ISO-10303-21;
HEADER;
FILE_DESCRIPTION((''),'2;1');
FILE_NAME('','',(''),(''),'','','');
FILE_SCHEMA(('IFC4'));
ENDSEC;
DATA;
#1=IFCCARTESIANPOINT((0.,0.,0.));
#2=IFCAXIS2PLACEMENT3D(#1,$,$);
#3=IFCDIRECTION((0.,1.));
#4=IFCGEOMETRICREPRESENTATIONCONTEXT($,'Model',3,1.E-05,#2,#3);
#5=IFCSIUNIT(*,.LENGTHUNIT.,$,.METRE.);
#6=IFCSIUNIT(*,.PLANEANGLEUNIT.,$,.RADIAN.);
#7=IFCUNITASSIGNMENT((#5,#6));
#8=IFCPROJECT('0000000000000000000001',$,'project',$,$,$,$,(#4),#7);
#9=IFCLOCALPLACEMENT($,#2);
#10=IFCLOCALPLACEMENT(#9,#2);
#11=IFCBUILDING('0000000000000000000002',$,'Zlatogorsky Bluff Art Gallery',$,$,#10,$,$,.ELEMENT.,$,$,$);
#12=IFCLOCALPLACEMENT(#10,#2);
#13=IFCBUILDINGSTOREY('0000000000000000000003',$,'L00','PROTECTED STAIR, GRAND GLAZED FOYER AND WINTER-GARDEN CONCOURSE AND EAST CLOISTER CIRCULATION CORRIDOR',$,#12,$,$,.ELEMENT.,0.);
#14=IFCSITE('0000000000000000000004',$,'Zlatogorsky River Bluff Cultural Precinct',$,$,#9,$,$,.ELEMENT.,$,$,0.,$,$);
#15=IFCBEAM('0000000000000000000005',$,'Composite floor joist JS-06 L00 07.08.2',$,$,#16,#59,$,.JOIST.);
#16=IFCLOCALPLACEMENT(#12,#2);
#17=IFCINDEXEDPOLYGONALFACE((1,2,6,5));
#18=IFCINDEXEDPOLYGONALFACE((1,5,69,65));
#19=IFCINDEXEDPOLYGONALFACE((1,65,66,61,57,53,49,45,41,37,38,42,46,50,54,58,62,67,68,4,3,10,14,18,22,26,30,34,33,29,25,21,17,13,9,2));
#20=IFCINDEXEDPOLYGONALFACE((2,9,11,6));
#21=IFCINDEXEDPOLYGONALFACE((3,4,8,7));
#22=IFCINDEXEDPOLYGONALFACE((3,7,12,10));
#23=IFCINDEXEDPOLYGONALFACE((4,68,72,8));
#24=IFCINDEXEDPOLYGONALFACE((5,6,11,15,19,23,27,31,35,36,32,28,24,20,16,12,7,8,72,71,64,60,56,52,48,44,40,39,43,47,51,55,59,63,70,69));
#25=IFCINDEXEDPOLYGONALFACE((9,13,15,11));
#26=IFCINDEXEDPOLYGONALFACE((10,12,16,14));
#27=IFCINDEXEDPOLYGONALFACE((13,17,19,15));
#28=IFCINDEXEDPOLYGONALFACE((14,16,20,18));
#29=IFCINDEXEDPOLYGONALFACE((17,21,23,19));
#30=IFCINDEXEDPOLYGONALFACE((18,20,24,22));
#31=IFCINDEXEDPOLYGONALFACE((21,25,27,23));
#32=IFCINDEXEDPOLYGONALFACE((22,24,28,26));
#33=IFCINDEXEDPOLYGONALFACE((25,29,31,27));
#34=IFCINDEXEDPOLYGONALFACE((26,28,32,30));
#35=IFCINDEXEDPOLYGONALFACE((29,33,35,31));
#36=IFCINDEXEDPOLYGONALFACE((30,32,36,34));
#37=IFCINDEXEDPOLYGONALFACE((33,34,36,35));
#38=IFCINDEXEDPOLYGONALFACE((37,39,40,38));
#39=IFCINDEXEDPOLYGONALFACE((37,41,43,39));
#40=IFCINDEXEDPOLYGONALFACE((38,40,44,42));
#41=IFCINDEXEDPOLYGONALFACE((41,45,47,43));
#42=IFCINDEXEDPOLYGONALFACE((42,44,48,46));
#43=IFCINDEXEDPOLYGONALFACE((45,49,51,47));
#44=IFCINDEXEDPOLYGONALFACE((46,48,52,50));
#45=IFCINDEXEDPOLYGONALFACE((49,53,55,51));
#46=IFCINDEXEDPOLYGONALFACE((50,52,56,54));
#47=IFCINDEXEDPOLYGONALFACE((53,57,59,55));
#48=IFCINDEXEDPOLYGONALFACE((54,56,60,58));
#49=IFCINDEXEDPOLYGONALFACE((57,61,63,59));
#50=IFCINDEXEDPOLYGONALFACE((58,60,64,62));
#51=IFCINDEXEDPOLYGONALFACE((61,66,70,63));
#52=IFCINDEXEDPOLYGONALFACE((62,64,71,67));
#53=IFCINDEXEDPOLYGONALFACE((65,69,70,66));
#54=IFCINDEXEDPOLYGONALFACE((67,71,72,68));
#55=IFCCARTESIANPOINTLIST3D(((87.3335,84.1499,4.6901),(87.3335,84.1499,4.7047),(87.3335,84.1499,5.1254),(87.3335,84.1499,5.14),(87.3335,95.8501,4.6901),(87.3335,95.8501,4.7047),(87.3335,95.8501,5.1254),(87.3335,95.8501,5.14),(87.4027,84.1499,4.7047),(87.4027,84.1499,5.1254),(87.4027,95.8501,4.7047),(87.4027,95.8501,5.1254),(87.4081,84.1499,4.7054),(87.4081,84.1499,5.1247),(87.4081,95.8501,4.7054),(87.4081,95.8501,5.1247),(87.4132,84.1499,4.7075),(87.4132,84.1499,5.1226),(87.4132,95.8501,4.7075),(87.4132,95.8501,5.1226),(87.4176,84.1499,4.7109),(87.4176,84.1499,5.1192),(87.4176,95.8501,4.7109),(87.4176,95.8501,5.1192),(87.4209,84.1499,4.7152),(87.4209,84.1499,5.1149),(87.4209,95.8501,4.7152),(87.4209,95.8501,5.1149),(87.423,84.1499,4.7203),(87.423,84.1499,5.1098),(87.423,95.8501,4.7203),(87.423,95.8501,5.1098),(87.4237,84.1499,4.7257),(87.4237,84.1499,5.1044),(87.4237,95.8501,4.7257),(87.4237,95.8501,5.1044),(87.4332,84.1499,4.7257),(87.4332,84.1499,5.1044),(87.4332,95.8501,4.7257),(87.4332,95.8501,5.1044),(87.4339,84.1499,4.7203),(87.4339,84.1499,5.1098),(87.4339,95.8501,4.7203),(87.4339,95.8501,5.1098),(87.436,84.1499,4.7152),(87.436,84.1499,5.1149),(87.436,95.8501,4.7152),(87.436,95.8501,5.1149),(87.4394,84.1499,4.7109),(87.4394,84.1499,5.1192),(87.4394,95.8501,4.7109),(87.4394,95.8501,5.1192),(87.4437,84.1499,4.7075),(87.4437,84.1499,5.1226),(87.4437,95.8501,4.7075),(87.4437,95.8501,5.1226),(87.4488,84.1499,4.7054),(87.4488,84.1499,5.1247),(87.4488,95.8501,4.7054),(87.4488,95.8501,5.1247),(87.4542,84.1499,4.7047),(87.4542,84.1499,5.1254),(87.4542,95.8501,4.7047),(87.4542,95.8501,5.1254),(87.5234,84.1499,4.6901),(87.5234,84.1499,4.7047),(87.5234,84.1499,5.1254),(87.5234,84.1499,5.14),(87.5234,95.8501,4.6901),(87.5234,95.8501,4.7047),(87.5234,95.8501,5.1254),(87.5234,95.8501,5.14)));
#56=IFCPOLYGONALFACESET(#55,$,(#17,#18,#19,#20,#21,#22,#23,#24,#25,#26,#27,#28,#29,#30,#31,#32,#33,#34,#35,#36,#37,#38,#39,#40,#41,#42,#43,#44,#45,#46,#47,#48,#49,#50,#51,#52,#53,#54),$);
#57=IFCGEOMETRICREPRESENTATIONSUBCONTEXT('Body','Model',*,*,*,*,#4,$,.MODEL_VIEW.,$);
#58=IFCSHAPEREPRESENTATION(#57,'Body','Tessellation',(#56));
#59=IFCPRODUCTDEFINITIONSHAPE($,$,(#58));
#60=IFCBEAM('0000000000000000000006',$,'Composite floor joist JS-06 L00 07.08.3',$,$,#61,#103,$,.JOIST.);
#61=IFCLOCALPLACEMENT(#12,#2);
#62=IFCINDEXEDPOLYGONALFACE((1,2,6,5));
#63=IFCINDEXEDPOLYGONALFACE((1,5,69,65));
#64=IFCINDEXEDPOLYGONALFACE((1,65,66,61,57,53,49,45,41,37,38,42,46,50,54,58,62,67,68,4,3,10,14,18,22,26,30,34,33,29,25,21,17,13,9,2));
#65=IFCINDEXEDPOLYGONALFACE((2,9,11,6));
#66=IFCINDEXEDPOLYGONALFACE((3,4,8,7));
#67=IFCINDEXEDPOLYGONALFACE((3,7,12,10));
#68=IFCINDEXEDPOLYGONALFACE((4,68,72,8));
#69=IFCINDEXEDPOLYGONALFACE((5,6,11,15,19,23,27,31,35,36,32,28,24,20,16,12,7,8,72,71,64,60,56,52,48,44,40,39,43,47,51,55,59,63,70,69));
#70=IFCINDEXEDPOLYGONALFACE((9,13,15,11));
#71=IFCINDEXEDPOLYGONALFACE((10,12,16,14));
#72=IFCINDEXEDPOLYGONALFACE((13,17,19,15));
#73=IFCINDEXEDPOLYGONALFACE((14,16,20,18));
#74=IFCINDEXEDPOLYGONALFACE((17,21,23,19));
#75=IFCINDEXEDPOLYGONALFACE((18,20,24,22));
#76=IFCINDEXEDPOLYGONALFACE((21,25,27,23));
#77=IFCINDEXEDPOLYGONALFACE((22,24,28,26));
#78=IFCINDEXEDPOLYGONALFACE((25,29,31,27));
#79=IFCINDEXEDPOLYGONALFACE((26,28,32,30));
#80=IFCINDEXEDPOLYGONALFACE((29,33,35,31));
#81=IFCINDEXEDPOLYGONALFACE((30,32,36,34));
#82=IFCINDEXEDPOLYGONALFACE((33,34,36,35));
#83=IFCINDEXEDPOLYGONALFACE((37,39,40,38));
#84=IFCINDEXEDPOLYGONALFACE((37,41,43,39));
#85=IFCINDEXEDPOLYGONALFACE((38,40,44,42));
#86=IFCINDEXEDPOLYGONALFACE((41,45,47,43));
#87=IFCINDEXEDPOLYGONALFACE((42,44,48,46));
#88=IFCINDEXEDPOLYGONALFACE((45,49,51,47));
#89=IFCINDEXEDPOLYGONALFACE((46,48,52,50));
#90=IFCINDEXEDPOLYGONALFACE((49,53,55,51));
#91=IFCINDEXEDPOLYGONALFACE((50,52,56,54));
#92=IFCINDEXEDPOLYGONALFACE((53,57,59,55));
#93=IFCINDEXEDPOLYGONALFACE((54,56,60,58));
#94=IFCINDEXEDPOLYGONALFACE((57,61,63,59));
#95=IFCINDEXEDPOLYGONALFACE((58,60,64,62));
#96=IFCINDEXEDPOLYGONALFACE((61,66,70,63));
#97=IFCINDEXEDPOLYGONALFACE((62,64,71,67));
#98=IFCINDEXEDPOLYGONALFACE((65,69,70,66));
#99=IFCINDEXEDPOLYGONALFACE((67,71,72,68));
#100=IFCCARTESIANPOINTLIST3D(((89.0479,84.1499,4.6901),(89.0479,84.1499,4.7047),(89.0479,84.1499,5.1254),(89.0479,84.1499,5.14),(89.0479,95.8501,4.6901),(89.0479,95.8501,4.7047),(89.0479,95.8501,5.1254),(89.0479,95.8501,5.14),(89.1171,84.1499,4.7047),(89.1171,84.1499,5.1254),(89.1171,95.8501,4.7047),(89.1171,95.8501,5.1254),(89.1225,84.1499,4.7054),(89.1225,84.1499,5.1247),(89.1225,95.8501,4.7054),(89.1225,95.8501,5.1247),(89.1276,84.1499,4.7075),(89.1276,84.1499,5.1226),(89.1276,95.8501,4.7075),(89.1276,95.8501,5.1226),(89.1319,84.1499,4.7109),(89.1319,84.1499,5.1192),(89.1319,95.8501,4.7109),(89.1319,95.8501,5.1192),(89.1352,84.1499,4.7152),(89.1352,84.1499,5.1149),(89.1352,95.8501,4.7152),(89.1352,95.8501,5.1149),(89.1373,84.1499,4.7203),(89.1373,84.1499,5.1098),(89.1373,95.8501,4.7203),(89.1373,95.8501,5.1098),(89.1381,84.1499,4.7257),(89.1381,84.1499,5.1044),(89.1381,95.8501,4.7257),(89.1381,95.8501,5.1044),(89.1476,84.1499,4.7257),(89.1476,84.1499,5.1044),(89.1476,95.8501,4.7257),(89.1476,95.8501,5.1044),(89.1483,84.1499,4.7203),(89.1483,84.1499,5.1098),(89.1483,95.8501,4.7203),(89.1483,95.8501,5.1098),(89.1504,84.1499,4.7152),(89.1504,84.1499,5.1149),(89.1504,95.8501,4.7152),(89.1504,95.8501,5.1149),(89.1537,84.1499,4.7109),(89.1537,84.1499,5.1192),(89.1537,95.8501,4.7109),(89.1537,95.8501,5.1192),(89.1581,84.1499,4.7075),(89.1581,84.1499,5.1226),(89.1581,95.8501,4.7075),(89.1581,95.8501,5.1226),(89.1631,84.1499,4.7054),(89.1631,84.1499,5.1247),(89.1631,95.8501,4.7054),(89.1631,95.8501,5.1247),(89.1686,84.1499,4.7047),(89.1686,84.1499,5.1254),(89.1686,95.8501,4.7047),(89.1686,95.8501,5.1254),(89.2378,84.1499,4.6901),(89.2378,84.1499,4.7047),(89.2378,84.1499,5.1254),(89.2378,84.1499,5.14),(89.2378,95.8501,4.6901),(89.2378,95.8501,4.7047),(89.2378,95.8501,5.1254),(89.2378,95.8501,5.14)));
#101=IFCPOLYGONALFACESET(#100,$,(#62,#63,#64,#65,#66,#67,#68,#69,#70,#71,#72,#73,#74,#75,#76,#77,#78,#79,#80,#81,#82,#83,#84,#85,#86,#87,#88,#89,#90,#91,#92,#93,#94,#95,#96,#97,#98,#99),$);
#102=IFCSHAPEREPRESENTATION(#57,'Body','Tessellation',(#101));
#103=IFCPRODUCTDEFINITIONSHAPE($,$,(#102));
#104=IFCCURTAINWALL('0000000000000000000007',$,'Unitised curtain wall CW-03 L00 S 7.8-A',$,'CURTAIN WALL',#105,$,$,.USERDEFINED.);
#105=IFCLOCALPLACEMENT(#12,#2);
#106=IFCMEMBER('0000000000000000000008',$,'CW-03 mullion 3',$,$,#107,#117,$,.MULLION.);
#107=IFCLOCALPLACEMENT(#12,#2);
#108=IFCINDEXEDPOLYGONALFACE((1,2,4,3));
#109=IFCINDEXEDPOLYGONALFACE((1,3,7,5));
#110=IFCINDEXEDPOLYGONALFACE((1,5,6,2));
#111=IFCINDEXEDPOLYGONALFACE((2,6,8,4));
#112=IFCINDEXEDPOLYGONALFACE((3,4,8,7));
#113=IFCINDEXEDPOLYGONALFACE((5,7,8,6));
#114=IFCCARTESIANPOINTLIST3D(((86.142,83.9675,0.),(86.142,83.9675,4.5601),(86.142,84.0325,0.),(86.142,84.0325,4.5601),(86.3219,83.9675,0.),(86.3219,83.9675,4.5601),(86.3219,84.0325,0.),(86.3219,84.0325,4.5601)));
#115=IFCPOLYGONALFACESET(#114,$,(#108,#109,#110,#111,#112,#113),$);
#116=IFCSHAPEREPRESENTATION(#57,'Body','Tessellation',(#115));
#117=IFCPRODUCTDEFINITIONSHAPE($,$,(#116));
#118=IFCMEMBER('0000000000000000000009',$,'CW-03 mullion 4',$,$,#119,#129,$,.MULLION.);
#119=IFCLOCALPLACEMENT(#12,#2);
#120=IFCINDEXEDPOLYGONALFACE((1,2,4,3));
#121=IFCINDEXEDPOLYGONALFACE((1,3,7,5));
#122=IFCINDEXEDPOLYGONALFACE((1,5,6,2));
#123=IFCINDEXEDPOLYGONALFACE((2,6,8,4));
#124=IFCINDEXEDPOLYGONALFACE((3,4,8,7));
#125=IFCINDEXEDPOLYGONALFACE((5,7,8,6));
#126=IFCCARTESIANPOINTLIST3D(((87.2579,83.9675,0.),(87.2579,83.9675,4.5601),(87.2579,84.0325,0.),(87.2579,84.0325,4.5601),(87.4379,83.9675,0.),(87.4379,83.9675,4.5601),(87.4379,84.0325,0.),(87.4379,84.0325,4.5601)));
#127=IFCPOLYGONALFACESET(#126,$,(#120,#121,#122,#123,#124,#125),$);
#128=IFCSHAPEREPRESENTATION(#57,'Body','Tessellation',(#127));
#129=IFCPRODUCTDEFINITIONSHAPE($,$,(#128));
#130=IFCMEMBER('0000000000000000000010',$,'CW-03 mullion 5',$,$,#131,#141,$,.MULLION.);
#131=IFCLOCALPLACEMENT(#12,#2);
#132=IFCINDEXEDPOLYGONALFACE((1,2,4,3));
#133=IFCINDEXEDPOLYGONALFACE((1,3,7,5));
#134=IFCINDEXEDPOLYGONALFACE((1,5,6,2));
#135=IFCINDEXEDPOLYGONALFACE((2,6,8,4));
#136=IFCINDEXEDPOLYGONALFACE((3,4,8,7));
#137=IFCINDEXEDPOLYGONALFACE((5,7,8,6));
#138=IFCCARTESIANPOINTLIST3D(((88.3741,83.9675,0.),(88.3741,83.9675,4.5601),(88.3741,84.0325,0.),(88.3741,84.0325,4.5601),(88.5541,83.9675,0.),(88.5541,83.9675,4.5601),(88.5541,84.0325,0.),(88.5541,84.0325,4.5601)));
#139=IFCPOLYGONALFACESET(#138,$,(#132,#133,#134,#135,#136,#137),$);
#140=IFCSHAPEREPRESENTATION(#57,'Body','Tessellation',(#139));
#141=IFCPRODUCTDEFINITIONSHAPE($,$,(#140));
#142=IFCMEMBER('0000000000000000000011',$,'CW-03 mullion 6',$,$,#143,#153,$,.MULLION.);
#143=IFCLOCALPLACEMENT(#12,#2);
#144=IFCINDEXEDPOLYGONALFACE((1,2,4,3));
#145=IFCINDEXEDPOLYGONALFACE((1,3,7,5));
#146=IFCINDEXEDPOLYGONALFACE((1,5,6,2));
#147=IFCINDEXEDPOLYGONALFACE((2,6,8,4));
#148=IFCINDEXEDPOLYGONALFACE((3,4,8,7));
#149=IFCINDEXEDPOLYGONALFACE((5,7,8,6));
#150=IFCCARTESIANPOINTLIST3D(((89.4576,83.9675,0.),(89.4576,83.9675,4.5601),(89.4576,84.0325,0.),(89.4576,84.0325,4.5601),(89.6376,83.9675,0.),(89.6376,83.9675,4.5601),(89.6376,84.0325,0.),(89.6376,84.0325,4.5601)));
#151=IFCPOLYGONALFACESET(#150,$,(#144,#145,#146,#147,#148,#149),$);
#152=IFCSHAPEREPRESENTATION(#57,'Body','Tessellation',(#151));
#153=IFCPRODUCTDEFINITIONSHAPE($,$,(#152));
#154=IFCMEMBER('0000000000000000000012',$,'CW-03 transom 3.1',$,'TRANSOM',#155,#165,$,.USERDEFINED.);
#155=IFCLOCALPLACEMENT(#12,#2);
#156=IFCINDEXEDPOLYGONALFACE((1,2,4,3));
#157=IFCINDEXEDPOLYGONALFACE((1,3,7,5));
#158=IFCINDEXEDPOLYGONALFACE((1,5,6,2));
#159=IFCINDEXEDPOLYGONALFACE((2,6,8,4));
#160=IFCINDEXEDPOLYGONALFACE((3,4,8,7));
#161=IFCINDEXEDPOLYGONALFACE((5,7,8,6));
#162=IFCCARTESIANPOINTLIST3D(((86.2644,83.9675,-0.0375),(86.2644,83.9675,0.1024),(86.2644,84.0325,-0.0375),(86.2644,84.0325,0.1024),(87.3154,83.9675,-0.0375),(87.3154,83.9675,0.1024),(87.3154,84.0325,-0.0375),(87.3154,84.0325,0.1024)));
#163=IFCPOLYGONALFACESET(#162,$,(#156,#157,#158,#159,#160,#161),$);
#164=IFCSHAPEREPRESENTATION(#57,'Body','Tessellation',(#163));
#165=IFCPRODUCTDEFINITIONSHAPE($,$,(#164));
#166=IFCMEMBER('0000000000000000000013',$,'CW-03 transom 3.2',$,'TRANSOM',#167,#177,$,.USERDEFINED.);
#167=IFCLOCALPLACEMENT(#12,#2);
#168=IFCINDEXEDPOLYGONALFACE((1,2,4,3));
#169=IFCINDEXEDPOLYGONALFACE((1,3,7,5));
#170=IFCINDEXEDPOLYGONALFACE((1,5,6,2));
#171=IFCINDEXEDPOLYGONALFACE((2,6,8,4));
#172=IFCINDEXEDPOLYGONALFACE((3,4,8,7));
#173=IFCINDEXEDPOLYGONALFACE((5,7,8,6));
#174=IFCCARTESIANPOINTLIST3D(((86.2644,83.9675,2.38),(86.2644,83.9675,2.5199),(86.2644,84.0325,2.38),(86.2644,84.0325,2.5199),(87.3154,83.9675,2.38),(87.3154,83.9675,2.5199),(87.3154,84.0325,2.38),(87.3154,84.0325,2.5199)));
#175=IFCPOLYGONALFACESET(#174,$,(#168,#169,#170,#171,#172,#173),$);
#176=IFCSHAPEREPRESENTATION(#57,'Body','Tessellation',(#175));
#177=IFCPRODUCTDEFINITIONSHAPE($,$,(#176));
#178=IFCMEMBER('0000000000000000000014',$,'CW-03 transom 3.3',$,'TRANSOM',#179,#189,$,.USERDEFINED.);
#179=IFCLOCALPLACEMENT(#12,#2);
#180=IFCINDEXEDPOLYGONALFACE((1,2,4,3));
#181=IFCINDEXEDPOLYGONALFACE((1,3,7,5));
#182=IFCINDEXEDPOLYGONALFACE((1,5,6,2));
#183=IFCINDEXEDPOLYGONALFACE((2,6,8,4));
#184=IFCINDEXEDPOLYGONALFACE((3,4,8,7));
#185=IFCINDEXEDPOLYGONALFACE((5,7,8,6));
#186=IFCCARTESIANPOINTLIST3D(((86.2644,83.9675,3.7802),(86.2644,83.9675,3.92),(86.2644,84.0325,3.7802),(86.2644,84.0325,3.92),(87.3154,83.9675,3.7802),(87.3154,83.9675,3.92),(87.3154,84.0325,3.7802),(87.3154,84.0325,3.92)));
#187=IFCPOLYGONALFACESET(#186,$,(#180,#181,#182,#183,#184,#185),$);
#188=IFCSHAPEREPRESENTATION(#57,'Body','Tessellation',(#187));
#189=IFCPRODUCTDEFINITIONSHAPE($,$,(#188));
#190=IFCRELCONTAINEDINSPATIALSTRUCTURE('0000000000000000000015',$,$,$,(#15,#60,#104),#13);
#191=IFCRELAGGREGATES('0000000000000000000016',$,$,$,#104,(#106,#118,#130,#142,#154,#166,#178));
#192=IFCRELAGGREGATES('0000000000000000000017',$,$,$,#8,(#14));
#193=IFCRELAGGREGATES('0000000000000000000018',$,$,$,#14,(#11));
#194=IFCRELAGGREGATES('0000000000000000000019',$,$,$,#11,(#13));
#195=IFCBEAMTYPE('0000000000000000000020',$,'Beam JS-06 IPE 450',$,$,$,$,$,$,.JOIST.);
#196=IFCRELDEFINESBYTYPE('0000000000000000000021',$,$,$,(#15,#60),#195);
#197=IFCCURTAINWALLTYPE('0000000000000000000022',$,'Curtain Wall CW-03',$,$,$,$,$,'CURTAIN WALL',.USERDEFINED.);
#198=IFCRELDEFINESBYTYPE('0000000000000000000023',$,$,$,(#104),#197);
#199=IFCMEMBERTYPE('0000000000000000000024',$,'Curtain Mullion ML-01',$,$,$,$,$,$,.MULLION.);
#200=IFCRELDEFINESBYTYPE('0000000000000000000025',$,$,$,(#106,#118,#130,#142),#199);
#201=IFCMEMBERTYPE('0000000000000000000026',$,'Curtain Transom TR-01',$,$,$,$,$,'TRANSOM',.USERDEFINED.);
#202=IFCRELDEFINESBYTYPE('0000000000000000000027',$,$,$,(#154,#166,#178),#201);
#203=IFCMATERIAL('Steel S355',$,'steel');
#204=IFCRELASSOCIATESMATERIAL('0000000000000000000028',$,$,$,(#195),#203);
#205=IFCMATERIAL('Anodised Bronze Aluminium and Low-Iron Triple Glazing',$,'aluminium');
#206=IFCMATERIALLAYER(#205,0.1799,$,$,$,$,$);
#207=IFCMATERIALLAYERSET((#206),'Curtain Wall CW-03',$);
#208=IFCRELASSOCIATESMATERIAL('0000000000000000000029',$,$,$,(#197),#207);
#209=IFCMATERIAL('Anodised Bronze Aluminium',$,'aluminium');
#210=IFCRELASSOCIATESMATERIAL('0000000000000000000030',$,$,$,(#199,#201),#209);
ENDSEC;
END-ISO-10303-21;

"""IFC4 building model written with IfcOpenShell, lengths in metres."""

from ifc_helpers import new_model, si_unit, direction, frame, origin, origin_2d, place, context, subcontext, project, spatial, rectangle, i_section, extrude, material, layer, layer_set, material_profile, profile_set, type_object, element, aggregate, save


model = new_model("IFC4")

# Units and contexts
model_context = context("Model", 3, precision=1e-05, world=origin(), true_north=direction((0.0, 1.0)))
body_context = subcontext(model_context, "Body", "Model", "MODEL_VIEW")
ifc_project = project(units=[si_unit("LENGTHUNIT", "METRE"), si_unit("PLANEANGLEUNIT", "RADIAN")], contexts=[model_context])

# Site, building, storey
site_placement = place(None, origin())
site = spatial("IfcSite", under=ifc_project, at=site_placement, Name="Zlatogorsky River Bluff Cultural Precinct", CompositionType="ELEMENT", RefElevation=0.0)
building_placement = place(site_placement, origin())
building = spatial("IfcBuilding", under=site, at=building_placement, Name="Zlatogorsky Bluff Art Gallery", CompositionType="ELEMENT")
storey_placement = place(building_placement, origin())
storey = spatial("IfcBuildingStorey", under=building, at=storey_placement, Name="L00", Description="PROTECTED STAIR, GRAND GLAZED FOYER AND WINTER-GARDEN CONCOURSE AND EAST CLOISTER CIRCULATION CORRIDOR", CompositionType="ELEMENT", Elevation=0.0)

# Beams
ifc_material_1 = material(Name="Steel S355", Category="steel")
ifc_material_profile_1 = material_profile(ifc_material_1, i_section(OverallWidth=0.1899, OverallDepth=0.45, WebThickness=0.0095, FlangeThickness=0.0146, FilletRadius=0.021, at=origin_2d()), Name="IPE 450")
ifc_profile_set_1 = profile_set([ifc_material_profile_1], Name="Steel S355")
beam_type = type_object("IfcBeamType", Name="Beam JS-06 IPE 450", PredefinedType="JOIST", material=ifc_profile_set_1)
for number, where, z_axis, x_axis, name in (
    (1, (87.4285, 84.1499, 4.915), (0.0, 1.0, 0.0), (-1.0, 0.0, 0.0), "Composite floor joist JS-06 L00 07.08.2"),
    (2, (89.1428, 84.1499, 4.915), (0.0, 1.0, 0.0), (-1.0, 0.0, 0.0), "Composite floor joist JS-06 L00 07.08.3"),
):
    element("IfcBeam", number, at=place(storey_placement, frame(where, z_axis=z_axis, x_axis=x_axis)), inside=storey, type_object=beam_type, Name=name, PredefinedType="JOIST", context=body_context, shape_type="SweptSolid", body=[
        extrude(i_section(OverallWidth=0.1899, OverallDepth=0.45, WebThickness=0.0095, FlangeThickness=0.0146, FilletRadius=0.021, at=origin_2d()), origin(), (0.0, 0.0, 1.0), 11.7002),
    ])

# Curtain wall, members
ifc_material_2 = material(Name="Anodised Bronze Aluminium and Low-Iron Triple Glazing", Category="aluminium")
ifc_layer_1 = layer(ifc_material_2, 0.1799)
ifc_layer_set_1 = layer_set([ifc_layer_1], Name="Curtain Wall CW-03")
curtain_wall_type = type_object("IfcCurtainWallType", Name="Curtain Wall CW-03", ElementType="CURTAIN WALL", PredefinedType="USERDEFINED", material=ifc_layer_set_1)
curtain_wall_placement = place(storey_placement, origin())
curtain_wall = element("IfcCurtainWall", 3, at=curtain_wall_placement, inside=storey, type_object=curtain_wall_type, Name="Unitised curtain wall CW-03 L00 S 7.8-A", ObjectType="CURTAIN WALL", PredefinedType="USERDEFINED")
ifc_material_3 = material(Name="Anodised Bronze Aluminium", Category="aluminium")
ifc_material_profile_2 = material_profile(ifc_material_3, rectangle(XDim=0.0649, YDim=0.1799, at=origin_2d()), Name="ALU MULLION 65x180")
ifc_profile_set_2 = profile_set([ifc_material_profile_2], Name="Anodised Bronze Aluminium")
member_type_1 = type_object("IfcMemberType", Name="Curtain Mullion ML-01", PredefinedType="MULLION", material=ifc_profile_set_2)
member_1_placement = place(storey_placement, frame((86.2319, 84.0, 0.0), z_axis=(0.0, 0.0, 1.0), x_axis=(0.0, 1.0, 0.0)))
member_1 = element("IfcMember", 4, at=member_1_placement, type_object=member_type_1, Name="CW-03 mullion 3", PredefinedType="MULLION", context=body_context, shape_type="SweptSolid", body=[
    extrude(rectangle(XDim=0.0649, YDim=0.1799, at=origin_2d()), origin(), (0.0, 0.0, 1.0), 4.5601),
])
member_2_placement = place(storey_placement, frame((87.3479, 84.0, 0.0), z_axis=(0.0, 0.0, 1.0), x_axis=(0.0, 1.0, 0.0)))
member_2 = element("IfcMember", 5, at=member_2_placement, type_object=member_type_1, Name="CW-03 mullion 4", PredefinedType="MULLION", context=body_context, shape_type="SweptSolid", body=[
    extrude(rectangle(XDim=0.0649, YDim=0.1799, at=origin_2d()), origin(), (0.0, 0.0, 1.0), 4.5601),
])
member_3_placement = place(storey_placement, frame((88.4641, 84.0, 0.0), z_axis=(0.0, 0.0, 1.0), x_axis=(0.0, 1.0, 0.0)))
member_3 = element("IfcMember", 6, at=member_3_placement, type_object=member_type_1, Name="CW-03 mullion 5", PredefinedType="MULLION", context=body_context, shape_type="SweptSolid", body=[
    extrude(rectangle(XDim=0.0649, YDim=0.1799, at=origin_2d()), origin(), (0.0, 0.0, 1.0), 4.5601),
])
member_4_placement = place(storey_placement, frame((89.5476, 84.0, 0.0), z_axis=(0.0, 0.0, 1.0), x_axis=(0.0, 1.0, 0.0)))
member_4 = element("IfcMember", 7, at=member_4_placement, type_object=member_type_1, Name="CW-03 mullion 6", PredefinedType="MULLION", context=body_context, shape_type="SweptSolid", body=[
    extrude(rectangle(XDim=0.0649, YDim=0.1799, at=origin_2d()), origin(), (0.0, 0.0, 1.0), 4.5601),
])
ifc_material_profile_3 = material_profile(ifc_material_3, rectangle(XDim=0.0649, YDim=0.1399, at=origin_2d()), Name="ALU TRANSOM 65x140")
ifc_profile_set_3 = profile_set([ifc_material_profile_3], Name="Anodised Bronze Aluminium")
member_type_2 = type_object("IfcMemberType", Name="Curtain Transom TR-01", ElementType="TRANSOM", PredefinedType="USERDEFINED", material=ifc_profile_set_3)
member_5_placement = place(storey_placement, frame((86.2644, 84.0, 0.0325), z_axis=(1.0, 0.0, 0.0), x_axis=(0.0, 1.0, 0.0)))
member_5 = element("IfcMember", 8, at=member_5_placement, type_object=member_type_2, Name="CW-03 transom 3.1", ObjectType="TRANSOM", PredefinedType="USERDEFINED", context=body_context, shape_type="SweptSolid", body=[
    extrude(rectangle(XDim=0.0649, YDim=0.1399, at=origin_2d()), origin(), (0.0, 0.0, 1.0), 1.051),
])
member_6_placement = place(storey_placement, frame((86.2644, 84.0, 2.45), z_axis=(1.0, 0.0, 0.0), x_axis=(0.0, 1.0, 0.0)))
member_6 = element("IfcMember", 9, at=member_6_placement, type_object=member_type_2, Name="CW-03 transom 3.2", ObjectType="TRANSOM", PredefinedType="USERDEFINED", context=body_context, shape_type="SweptSolid", body=[
    extrude(rectangle(XDim=0.0649, YDim=0.1399, at=origin_2d()), origin(), (0.0, 0.0, 1.0), 1.051),
])
member_7_placement = place(storey_placement, frame((86.2644, 84.0, 3.8501), z_axis=(1.0, 0.0, 0.0), x_axis=(0.0, 1.0, 0.0)))
member_7 = element("IfcMember", 10, at=member_7_placement, type_object=member_type_2, Name="CW-03 transom 3.3", ObjectType="TRANSOM", PredefinedType="USERDEFINED", context=body_context, shape_type="SweptSolid", body=[
    extrude(rectangle(XDim=0.0649, YDim=0.1399, at=origin_2d()), origin(), (0.0, 0.0, 1.0), 1.051),
])
aggregate(curtain_wall, [member_1, member_2, member_3, member_4, member_5, member_6, member_7])

save(model, "model.ifc")
